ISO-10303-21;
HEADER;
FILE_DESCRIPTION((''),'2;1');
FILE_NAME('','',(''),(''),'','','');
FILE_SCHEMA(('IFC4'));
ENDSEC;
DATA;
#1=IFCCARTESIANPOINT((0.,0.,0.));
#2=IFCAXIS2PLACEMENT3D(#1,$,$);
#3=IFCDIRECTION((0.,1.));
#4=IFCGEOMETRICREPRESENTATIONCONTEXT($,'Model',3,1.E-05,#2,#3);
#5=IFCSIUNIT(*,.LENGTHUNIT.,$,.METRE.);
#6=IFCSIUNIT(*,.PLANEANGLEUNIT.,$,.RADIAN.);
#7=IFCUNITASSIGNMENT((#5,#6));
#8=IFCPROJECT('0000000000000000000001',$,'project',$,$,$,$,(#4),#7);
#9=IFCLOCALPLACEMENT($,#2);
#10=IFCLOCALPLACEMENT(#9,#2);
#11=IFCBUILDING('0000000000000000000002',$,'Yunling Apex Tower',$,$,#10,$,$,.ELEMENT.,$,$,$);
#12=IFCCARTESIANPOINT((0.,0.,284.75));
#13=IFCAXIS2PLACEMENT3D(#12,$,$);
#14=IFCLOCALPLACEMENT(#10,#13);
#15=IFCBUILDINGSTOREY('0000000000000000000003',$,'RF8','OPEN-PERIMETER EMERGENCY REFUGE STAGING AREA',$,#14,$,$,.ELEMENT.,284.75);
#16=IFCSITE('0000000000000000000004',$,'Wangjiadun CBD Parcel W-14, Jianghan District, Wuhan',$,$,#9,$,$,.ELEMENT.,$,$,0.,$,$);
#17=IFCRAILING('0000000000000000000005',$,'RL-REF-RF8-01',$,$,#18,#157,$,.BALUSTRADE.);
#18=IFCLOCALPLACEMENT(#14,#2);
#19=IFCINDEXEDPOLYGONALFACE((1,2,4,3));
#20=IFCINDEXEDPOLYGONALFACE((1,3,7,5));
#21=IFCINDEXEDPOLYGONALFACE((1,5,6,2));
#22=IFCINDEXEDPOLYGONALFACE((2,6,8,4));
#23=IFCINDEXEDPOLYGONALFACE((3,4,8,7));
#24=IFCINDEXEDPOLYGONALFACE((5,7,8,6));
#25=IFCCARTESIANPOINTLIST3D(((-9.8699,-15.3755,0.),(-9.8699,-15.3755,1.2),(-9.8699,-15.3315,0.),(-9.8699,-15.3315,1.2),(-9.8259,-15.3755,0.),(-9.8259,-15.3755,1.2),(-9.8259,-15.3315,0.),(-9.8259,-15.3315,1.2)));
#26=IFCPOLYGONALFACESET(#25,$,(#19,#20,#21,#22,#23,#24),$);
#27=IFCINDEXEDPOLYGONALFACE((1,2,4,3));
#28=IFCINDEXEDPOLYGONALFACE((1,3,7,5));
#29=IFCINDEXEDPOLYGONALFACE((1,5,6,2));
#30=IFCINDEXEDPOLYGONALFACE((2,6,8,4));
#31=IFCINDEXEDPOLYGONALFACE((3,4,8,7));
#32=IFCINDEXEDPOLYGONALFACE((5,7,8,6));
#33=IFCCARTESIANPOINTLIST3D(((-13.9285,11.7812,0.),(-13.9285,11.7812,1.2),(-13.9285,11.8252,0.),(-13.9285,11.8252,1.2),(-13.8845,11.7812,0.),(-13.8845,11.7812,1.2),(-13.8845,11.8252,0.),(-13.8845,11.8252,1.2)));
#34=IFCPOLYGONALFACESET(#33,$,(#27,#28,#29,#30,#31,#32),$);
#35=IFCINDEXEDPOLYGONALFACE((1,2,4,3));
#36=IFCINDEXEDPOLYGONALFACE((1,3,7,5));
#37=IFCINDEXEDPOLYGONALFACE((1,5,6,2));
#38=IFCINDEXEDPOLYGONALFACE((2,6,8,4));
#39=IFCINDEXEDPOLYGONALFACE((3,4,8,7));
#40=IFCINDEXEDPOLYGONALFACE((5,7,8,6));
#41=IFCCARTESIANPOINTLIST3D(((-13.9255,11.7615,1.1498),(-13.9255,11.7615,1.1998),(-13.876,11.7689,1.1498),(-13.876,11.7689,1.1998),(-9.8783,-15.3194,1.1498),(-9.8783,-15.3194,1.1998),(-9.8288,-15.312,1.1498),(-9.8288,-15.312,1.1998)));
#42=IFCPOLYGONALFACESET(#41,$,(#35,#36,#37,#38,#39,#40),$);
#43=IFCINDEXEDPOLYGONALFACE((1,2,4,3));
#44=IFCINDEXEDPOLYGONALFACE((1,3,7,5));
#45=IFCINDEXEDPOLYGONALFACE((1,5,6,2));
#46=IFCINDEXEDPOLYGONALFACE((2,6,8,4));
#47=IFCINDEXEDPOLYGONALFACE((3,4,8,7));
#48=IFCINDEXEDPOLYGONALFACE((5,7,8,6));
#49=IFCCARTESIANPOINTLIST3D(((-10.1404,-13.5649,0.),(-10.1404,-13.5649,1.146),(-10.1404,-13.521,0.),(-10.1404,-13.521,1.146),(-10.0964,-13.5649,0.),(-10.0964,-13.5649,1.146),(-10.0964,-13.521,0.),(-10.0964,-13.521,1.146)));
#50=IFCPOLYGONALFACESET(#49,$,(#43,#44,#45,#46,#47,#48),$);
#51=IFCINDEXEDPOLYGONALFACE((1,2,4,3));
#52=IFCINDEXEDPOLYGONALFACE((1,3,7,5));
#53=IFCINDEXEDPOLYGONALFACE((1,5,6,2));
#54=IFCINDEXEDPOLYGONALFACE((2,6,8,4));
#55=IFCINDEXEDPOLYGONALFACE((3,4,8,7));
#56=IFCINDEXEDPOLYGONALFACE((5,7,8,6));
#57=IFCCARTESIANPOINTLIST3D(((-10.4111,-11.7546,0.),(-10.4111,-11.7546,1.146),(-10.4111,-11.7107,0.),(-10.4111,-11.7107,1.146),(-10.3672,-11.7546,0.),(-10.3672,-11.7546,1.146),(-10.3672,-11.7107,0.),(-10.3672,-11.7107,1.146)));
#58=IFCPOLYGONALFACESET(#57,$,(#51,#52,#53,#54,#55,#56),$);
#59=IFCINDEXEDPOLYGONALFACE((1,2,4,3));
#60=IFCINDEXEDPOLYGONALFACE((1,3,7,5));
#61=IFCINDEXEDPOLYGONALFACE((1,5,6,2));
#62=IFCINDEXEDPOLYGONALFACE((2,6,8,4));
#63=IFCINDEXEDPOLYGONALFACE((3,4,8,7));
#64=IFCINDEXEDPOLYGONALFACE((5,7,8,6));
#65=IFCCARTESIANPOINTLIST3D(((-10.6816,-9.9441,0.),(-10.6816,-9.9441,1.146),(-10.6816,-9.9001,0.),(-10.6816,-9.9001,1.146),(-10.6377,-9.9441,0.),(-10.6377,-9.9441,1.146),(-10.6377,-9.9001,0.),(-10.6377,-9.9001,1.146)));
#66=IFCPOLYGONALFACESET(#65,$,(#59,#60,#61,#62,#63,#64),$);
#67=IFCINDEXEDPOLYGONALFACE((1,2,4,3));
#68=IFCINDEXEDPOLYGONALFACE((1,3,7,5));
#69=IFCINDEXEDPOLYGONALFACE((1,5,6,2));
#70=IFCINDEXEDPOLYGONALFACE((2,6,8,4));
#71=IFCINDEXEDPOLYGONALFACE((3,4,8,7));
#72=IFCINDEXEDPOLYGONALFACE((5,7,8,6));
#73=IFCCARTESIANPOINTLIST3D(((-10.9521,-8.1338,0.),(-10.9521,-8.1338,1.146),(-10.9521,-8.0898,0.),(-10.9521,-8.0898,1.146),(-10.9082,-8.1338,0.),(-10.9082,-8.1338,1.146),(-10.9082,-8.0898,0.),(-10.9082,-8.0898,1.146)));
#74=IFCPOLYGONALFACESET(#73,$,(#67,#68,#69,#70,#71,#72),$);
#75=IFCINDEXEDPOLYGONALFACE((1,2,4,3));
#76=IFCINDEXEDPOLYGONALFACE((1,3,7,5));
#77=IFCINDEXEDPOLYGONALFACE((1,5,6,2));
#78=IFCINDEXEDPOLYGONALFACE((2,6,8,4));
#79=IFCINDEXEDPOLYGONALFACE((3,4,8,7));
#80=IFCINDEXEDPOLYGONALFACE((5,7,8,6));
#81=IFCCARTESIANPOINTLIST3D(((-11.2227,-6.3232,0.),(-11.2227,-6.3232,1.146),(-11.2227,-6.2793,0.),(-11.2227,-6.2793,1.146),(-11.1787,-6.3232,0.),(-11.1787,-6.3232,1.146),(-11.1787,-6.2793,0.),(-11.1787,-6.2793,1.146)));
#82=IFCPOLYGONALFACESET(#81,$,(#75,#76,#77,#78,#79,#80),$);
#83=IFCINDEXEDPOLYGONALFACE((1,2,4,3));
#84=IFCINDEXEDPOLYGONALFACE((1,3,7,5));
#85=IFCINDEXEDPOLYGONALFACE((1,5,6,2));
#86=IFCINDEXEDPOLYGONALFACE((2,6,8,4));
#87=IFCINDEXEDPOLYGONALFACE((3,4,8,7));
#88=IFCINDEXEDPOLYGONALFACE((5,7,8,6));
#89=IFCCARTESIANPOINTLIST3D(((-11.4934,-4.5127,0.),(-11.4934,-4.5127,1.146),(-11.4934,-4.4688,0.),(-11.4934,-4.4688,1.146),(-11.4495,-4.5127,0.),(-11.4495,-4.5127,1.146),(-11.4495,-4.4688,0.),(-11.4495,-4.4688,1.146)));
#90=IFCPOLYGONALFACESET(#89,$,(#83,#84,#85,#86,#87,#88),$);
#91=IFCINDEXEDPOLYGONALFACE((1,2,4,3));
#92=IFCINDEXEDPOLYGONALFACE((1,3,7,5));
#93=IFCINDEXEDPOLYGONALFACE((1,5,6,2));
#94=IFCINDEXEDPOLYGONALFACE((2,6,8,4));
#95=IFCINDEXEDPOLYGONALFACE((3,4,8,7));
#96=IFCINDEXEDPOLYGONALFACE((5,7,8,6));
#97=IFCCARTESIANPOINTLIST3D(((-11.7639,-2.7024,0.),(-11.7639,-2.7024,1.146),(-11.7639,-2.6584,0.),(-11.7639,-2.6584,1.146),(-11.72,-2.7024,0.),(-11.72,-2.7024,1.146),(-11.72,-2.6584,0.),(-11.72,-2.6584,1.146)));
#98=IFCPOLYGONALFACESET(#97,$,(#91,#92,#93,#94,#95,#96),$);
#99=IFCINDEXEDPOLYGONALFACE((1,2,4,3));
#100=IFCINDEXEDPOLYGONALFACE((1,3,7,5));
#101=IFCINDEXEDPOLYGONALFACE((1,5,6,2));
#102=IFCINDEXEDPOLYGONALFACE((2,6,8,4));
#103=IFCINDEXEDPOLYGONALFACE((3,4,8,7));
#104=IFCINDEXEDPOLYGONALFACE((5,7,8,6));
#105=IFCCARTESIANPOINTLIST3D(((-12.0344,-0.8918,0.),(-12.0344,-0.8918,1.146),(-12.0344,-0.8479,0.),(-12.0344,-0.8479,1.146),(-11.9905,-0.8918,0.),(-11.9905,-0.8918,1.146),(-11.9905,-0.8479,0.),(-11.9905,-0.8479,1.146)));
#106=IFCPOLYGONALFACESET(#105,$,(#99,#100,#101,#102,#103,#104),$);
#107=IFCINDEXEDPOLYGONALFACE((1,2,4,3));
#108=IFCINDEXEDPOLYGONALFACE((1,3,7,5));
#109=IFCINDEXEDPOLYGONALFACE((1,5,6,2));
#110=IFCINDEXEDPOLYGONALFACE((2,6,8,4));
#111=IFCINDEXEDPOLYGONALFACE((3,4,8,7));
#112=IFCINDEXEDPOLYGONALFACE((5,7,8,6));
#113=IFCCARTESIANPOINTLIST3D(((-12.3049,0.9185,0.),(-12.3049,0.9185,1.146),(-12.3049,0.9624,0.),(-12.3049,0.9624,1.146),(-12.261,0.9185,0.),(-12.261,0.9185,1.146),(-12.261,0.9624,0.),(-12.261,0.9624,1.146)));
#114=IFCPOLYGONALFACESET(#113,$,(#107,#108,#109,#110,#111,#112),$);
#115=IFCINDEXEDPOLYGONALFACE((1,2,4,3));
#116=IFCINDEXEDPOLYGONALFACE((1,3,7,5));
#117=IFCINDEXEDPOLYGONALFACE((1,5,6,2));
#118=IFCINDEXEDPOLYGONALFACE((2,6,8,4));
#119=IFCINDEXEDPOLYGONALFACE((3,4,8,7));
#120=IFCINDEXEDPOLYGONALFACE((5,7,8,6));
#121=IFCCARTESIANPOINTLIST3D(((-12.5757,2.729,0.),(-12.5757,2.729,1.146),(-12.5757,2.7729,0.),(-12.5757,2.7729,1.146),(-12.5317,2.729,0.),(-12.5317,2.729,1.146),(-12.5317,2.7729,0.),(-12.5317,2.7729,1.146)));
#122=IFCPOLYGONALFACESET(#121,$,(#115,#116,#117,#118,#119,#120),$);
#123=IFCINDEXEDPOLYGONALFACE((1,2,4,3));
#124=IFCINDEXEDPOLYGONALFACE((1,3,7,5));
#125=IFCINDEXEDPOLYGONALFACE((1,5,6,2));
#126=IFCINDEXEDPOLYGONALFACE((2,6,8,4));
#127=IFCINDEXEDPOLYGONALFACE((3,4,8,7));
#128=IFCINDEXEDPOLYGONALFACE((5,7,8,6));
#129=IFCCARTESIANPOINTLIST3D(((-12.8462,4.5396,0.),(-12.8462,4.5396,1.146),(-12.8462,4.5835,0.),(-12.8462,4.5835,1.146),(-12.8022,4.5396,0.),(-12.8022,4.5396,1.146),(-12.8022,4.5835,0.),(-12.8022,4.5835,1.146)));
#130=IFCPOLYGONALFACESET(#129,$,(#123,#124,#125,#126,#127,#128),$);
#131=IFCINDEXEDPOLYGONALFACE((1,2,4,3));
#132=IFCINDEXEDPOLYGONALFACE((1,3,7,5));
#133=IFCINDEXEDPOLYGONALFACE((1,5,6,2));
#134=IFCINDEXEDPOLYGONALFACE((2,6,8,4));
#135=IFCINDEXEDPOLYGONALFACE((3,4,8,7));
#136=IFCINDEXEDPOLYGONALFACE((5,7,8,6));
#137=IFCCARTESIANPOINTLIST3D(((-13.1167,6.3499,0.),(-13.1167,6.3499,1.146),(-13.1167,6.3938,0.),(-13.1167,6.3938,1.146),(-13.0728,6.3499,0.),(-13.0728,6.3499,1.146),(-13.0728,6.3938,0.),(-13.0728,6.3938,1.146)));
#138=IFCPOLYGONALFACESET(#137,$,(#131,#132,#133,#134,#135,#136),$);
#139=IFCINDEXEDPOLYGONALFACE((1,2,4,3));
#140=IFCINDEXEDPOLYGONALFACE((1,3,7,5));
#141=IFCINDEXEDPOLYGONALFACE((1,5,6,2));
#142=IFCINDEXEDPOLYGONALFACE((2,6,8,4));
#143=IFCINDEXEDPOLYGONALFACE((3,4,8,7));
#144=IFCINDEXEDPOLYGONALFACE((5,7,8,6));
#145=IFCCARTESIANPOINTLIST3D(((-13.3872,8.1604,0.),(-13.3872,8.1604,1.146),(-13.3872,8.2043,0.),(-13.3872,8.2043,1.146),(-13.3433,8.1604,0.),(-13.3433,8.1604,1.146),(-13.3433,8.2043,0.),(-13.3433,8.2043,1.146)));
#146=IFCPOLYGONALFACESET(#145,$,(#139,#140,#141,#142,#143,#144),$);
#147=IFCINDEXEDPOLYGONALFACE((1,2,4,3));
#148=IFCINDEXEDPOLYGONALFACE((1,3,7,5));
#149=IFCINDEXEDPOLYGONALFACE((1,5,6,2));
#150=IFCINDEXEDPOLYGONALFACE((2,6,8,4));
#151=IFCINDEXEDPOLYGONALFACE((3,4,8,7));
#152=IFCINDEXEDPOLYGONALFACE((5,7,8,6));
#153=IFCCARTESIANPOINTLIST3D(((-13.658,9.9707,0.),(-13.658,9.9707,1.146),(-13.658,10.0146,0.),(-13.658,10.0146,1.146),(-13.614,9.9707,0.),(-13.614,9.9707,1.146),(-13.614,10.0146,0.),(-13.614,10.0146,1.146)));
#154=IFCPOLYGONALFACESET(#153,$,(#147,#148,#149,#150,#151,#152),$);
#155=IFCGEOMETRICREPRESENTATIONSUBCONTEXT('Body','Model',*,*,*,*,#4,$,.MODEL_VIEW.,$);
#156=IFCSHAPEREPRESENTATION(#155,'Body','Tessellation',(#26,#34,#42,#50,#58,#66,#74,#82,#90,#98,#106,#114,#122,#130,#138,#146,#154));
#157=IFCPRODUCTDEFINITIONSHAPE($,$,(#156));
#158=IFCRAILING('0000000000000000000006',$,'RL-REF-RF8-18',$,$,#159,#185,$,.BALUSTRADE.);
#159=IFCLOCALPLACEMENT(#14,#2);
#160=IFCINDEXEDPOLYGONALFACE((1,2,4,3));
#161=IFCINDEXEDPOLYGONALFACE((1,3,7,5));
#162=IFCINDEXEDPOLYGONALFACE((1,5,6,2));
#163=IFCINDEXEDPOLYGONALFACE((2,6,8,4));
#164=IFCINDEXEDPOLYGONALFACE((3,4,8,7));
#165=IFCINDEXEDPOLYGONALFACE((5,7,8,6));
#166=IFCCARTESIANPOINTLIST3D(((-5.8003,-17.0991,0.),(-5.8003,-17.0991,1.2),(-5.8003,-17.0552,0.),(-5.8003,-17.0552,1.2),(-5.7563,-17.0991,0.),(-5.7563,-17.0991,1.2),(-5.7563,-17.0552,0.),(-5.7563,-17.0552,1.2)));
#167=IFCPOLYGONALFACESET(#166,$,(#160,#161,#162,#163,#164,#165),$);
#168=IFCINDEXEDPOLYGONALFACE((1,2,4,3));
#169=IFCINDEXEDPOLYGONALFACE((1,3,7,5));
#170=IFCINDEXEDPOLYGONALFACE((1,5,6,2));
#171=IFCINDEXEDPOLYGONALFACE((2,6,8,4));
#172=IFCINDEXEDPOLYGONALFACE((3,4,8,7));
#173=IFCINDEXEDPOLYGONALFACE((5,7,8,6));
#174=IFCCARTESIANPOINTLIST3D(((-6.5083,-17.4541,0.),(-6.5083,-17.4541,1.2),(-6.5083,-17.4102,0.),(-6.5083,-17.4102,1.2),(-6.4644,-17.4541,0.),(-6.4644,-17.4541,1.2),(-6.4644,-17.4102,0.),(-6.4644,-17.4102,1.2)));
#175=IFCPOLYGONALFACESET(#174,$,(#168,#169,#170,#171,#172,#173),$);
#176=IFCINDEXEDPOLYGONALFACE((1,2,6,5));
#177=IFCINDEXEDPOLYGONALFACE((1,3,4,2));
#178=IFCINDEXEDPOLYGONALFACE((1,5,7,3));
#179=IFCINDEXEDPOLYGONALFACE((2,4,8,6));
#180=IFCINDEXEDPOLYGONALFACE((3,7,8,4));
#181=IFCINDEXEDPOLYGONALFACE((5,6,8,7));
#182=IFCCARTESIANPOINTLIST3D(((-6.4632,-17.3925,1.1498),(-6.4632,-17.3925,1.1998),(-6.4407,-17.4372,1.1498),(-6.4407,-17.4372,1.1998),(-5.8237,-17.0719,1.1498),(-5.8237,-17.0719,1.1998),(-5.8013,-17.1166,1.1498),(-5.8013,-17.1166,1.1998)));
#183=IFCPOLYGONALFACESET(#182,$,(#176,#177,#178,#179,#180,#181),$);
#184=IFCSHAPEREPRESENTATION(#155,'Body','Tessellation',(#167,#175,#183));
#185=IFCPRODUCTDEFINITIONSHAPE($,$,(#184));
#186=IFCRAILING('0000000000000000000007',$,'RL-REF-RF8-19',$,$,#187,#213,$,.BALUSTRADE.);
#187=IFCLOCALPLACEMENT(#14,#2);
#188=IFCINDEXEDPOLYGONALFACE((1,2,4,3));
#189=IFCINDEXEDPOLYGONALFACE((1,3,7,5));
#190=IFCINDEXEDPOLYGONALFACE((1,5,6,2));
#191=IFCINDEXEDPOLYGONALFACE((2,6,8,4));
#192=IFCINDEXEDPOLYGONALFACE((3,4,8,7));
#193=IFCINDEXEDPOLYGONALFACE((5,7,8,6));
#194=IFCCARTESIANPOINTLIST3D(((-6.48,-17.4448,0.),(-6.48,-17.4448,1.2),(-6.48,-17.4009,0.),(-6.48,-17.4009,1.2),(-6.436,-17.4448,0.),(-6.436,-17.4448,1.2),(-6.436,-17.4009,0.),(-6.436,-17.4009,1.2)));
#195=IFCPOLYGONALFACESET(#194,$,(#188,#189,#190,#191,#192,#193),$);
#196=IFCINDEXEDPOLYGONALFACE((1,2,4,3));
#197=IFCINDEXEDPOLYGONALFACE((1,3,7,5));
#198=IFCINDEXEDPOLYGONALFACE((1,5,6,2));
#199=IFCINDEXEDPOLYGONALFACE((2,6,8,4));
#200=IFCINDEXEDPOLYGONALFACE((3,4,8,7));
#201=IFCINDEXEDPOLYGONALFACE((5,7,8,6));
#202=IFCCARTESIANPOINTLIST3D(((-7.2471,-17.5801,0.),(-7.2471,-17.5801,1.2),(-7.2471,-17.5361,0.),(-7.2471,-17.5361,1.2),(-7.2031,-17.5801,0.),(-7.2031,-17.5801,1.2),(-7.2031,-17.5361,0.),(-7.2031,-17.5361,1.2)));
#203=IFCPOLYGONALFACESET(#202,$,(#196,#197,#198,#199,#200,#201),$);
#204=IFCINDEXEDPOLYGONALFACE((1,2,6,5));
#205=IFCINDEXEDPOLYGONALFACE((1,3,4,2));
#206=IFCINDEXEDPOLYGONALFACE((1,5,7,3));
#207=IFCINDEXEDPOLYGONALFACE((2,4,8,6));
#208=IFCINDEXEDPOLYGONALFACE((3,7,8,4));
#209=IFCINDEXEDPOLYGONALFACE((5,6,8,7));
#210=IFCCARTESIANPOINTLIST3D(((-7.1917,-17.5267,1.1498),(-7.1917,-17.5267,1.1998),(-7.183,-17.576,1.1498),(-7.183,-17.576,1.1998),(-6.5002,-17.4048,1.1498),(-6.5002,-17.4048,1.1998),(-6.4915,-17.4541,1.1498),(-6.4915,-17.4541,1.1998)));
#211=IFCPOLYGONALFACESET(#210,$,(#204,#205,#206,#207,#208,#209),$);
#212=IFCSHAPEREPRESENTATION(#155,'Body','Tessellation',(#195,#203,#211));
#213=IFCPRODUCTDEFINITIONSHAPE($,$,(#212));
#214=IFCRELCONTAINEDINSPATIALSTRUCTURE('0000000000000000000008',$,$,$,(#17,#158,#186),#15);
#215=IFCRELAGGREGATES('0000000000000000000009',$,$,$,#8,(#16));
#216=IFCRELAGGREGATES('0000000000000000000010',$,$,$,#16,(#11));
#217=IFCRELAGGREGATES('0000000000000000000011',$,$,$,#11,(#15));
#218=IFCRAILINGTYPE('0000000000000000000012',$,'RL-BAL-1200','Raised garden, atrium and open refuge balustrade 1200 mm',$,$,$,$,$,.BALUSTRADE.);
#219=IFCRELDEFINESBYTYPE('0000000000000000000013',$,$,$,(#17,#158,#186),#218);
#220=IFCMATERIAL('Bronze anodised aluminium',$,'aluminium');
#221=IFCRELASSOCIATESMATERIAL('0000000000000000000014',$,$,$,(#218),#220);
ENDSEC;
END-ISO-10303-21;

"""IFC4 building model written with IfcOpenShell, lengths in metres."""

from ifc_helpers import new_model, si_unit, direction, frame, origin, origin_2d, place, context, subcontext, project, spatial, rectangle, extrude, material, type_object, element, save


model = new_model("IFC4")

# Units and contexts
model_context = context("Model", 3, precision=1e-05, world=origin(), true_north=direction((0.0, 1.0)))
body_context = subcontext(model_context, "Body", "Model", "MODEL_VIEW")
ifc_project = project(units=[si_unit("LENGTHUNIT", "METRE"), si_unit("PLANEANGLEUNIT", "RADIAN")], contexts=[model_context])

# Site, building, storey
site_placement = place(None, origin())
site = spatial("IfcSite", under=ifc_project, at=site_placement, Name="Wangjiadun CBD Parcel W-14, Jianghan District, Wuhan", CompositionType="ELEMENT", RefElevation=0.0)
building_placement = place(site_placement, origin())
building = spatial("IfcBuilding", under=site, at=building_placement, Name="Yunling Apex Tower", CompositionType="ELEMENT")
storey_placement = place(building_placement, frame((0.0, 0.0, 284.75)))
storey = spatial("IfcBuildingStorey", under=building, at=storey_placement, Name="RF8", Description="OPEN-PERIMETER EMERGENCY REFUGE STAGING AREA", CompositionType="ELEMENT", Elevation=284.75)

# Railings
ifc_material_1 = material(Name="Bronze anodised aluminium", Category="aluminium")
railing_type = type_object("IfcRailingType", Name="RL-BAL-1200", Description="Raised garden, atrium and open refuge balustrade 1200 mm", PredefinedType="BALUSTRADE", material=ifc_material_1)
railing_1_placement = place(storey_placement, frame((-9.8479, -15.3535, 0.0)))
element("IfcRailing", 1, at=railing_1_placement, inside=storey, type_object=railing_type, Name="RL-REF-RF8-01", PredefinedType="BALUSTRADE", context=body_context, shape_type="SweptSolid", body=[
    extrude(rectangle(XDim=0.0439, YDim=0.0439, at=origin_2d()), origin(), (0.0, 0.0, 1.0), 1.2),
    extrude(rectangle(XDim=0.0439, YDim=0.0439, at=origin_2d()), frame((-4.0586, 27.1567, 0.0)), (0.0, 0.0, 1.0), 1.2),
    extrude(rectangle(XDim=0.05, YDim=0.05, at=origin_2d()), frame((-0.0056, 0.0378, 1.1748), z_axis=(-0.147809, 0.989016, 0.0), x_axis=(-0.989016, -0.147809, 0.0)), (0.0, 0.0, 1.0), 27.3816),
    extrude(rectangle(XDim=0.0439, YDim=0.0439, at=origin_2d()), frame((-0.2705, 1.8105, 0.0)), (0.0, 0.0, 1.0), 1.146),
    extrude(rectangle(XDim=0.0439, YDim=0.0439, at=origin_2d()), frame((-0.5413, 3.6208, 0.0)), (0.0, 0.0, 1.0), 1.146),
    extrude(rectangle(XDim=0.0439, YDim=0.0439, at=origin_2d()), frame((-0.8118, 5.4314, 0.0)), (0.0, 0.0, 1.0), 1.146),
    extrude(rectangle(XDim=0.0439, YDim=0.0439, at=origin_2d()), frame((-1.0823, 7.2417, 0.0)), (0.0, 0.0, 1.0), 1.146),
    extrude(rectangle(XDim=0.0439, YDim=0.0439, at=origin_2d()), frame((-1.3528, 9.0522, 0.0)), (0.0, 0.0, 1.0), 1.146),
    extrude(rectangle(XDim=0.0439, YDim=0.0439, at=origin_2d()), frame((-1.6235, 10.8628, 0.0)), (0.0, 0.0, 1.0), 1.146),
    extrude(rectangle(XDim=0.0439, YDim=0.0439, at=origin_2d()), frame((-1.894, 12.6731, 0.0)), (0.0, 0.0, 1.0), 1.146),
    extrude(rectangle(XDim=0.0439, YDim=0.0439, at=origin_2d()), frame((-2.1646, 14.4836, 0.0)), (0.0, 0.0, 1.0), 1.146),
    extrude(rectangle(XDim=0.0439, YDim=0.0439, at=origin_2d()), frame((-2.4351, 16.2939, 0.0)), (0.0, 0.0, 1.0), 1.146),
    extrude(rectangle(XDim=0.0439, YDim=0.0439, at=origin_2d()), frame((-2.7058, 18.1045, 0.0)), (0.0, 0.0, 1.0), 1.146),
    extrude(rectangle(XDim=0.0439, YDim=0.0439, at=origin_2d()), frame((-2.9763, 19.915, 0.0)), (0.0, 0.0, 1.0), 1.146),
    extrude(rectangle(XDim=0.0439, YDim=0.0439, at=origin_2d()), frame((-3.2468, 21.7253, 0.0)), (0.0, 0.0, 1.0), 1.146),
    extrude(rectangle(XDim=0.0439, YDim=0.0439, at=origin_2d()), frame((-3.5173, 23.5359, 0.0)), (0.0, 0.0, 1.0), 1.146),
    extrude(rectangle(XDim=0.0439, YDim=0.0439, at=origin_2d()), frame((-3.7881, 25.3462, 0.0)), (0.0, 0.0, 1.0), 1.146),
])
railing_2_placement = place(storey_placement, frame((-5.7783, -17.0771, 0.0)))
element("IfcRailing", 2, at=railing_2_placement, inside=storey, type_object=railing_type, Name="RL-REF-RF8-18", PredefinedType="BALUSTRADE", context=body_context, shape_type="SweptSolid", body=[
    extrude(rectangle(XDim=0.0439, YDim=0.0439, at=origin_2d()), origin(), (0.0, 0.0, 1.0), 1.2),
    extrude(rectangle(XDim=0.0439, YDim=0.0439, at=origin_2d()), frame((-0.708, -0.355, 0.0)), (0.0, 0.0, 1.0), 1.2),
    extrude(rectangle(XDim=0.05, YDim=0.05, at=origin_2d()), frame((-0.0342, -0.0171, 1.1748), z_axis=(-0.893933, -0.4482, 0.0), x_axis=(0.4482, -0.893933, 0.0)), (0.0, 0.0, 1.0), 0.7153),
])
railing_3_placement = place(storey_placement, frame((-6.458, -17.4229, 0.0)))
element("IfcRailing", 3, at=railing_3_placement, inside=storey, type_object=railing_type, Name="RL-REF-RF8-19", PredefinedType="BALUSTRADE", context=body_context, shape_type="SweptSolid", body=[
    extrude(rectangle(XDim=0.0439, YDim=0.0439, at=origin_2d()), origin(), (0.0, 0.0, 1.0), 1.2),
    extrude(rectangle(XDim=0.0439, YDim=0.0439, at=origin_2d()), frame((-0.7671, -0.1353, 0.0)), (0.0, 0.0, 1.0), 1.2),
    extrude(rectangle(XDim=0.05, YDim=0.05, at=origin_2d()), frame((-0.0378, -0.0066, 1.1748), z_axis=(-0.984809, -0.173642, 0.0), x_axis=(0.173642, -0.984809, 0.0)), (0.0, 0.0, 1.0), 0.7021),
])

save(model, "model.ifc")
